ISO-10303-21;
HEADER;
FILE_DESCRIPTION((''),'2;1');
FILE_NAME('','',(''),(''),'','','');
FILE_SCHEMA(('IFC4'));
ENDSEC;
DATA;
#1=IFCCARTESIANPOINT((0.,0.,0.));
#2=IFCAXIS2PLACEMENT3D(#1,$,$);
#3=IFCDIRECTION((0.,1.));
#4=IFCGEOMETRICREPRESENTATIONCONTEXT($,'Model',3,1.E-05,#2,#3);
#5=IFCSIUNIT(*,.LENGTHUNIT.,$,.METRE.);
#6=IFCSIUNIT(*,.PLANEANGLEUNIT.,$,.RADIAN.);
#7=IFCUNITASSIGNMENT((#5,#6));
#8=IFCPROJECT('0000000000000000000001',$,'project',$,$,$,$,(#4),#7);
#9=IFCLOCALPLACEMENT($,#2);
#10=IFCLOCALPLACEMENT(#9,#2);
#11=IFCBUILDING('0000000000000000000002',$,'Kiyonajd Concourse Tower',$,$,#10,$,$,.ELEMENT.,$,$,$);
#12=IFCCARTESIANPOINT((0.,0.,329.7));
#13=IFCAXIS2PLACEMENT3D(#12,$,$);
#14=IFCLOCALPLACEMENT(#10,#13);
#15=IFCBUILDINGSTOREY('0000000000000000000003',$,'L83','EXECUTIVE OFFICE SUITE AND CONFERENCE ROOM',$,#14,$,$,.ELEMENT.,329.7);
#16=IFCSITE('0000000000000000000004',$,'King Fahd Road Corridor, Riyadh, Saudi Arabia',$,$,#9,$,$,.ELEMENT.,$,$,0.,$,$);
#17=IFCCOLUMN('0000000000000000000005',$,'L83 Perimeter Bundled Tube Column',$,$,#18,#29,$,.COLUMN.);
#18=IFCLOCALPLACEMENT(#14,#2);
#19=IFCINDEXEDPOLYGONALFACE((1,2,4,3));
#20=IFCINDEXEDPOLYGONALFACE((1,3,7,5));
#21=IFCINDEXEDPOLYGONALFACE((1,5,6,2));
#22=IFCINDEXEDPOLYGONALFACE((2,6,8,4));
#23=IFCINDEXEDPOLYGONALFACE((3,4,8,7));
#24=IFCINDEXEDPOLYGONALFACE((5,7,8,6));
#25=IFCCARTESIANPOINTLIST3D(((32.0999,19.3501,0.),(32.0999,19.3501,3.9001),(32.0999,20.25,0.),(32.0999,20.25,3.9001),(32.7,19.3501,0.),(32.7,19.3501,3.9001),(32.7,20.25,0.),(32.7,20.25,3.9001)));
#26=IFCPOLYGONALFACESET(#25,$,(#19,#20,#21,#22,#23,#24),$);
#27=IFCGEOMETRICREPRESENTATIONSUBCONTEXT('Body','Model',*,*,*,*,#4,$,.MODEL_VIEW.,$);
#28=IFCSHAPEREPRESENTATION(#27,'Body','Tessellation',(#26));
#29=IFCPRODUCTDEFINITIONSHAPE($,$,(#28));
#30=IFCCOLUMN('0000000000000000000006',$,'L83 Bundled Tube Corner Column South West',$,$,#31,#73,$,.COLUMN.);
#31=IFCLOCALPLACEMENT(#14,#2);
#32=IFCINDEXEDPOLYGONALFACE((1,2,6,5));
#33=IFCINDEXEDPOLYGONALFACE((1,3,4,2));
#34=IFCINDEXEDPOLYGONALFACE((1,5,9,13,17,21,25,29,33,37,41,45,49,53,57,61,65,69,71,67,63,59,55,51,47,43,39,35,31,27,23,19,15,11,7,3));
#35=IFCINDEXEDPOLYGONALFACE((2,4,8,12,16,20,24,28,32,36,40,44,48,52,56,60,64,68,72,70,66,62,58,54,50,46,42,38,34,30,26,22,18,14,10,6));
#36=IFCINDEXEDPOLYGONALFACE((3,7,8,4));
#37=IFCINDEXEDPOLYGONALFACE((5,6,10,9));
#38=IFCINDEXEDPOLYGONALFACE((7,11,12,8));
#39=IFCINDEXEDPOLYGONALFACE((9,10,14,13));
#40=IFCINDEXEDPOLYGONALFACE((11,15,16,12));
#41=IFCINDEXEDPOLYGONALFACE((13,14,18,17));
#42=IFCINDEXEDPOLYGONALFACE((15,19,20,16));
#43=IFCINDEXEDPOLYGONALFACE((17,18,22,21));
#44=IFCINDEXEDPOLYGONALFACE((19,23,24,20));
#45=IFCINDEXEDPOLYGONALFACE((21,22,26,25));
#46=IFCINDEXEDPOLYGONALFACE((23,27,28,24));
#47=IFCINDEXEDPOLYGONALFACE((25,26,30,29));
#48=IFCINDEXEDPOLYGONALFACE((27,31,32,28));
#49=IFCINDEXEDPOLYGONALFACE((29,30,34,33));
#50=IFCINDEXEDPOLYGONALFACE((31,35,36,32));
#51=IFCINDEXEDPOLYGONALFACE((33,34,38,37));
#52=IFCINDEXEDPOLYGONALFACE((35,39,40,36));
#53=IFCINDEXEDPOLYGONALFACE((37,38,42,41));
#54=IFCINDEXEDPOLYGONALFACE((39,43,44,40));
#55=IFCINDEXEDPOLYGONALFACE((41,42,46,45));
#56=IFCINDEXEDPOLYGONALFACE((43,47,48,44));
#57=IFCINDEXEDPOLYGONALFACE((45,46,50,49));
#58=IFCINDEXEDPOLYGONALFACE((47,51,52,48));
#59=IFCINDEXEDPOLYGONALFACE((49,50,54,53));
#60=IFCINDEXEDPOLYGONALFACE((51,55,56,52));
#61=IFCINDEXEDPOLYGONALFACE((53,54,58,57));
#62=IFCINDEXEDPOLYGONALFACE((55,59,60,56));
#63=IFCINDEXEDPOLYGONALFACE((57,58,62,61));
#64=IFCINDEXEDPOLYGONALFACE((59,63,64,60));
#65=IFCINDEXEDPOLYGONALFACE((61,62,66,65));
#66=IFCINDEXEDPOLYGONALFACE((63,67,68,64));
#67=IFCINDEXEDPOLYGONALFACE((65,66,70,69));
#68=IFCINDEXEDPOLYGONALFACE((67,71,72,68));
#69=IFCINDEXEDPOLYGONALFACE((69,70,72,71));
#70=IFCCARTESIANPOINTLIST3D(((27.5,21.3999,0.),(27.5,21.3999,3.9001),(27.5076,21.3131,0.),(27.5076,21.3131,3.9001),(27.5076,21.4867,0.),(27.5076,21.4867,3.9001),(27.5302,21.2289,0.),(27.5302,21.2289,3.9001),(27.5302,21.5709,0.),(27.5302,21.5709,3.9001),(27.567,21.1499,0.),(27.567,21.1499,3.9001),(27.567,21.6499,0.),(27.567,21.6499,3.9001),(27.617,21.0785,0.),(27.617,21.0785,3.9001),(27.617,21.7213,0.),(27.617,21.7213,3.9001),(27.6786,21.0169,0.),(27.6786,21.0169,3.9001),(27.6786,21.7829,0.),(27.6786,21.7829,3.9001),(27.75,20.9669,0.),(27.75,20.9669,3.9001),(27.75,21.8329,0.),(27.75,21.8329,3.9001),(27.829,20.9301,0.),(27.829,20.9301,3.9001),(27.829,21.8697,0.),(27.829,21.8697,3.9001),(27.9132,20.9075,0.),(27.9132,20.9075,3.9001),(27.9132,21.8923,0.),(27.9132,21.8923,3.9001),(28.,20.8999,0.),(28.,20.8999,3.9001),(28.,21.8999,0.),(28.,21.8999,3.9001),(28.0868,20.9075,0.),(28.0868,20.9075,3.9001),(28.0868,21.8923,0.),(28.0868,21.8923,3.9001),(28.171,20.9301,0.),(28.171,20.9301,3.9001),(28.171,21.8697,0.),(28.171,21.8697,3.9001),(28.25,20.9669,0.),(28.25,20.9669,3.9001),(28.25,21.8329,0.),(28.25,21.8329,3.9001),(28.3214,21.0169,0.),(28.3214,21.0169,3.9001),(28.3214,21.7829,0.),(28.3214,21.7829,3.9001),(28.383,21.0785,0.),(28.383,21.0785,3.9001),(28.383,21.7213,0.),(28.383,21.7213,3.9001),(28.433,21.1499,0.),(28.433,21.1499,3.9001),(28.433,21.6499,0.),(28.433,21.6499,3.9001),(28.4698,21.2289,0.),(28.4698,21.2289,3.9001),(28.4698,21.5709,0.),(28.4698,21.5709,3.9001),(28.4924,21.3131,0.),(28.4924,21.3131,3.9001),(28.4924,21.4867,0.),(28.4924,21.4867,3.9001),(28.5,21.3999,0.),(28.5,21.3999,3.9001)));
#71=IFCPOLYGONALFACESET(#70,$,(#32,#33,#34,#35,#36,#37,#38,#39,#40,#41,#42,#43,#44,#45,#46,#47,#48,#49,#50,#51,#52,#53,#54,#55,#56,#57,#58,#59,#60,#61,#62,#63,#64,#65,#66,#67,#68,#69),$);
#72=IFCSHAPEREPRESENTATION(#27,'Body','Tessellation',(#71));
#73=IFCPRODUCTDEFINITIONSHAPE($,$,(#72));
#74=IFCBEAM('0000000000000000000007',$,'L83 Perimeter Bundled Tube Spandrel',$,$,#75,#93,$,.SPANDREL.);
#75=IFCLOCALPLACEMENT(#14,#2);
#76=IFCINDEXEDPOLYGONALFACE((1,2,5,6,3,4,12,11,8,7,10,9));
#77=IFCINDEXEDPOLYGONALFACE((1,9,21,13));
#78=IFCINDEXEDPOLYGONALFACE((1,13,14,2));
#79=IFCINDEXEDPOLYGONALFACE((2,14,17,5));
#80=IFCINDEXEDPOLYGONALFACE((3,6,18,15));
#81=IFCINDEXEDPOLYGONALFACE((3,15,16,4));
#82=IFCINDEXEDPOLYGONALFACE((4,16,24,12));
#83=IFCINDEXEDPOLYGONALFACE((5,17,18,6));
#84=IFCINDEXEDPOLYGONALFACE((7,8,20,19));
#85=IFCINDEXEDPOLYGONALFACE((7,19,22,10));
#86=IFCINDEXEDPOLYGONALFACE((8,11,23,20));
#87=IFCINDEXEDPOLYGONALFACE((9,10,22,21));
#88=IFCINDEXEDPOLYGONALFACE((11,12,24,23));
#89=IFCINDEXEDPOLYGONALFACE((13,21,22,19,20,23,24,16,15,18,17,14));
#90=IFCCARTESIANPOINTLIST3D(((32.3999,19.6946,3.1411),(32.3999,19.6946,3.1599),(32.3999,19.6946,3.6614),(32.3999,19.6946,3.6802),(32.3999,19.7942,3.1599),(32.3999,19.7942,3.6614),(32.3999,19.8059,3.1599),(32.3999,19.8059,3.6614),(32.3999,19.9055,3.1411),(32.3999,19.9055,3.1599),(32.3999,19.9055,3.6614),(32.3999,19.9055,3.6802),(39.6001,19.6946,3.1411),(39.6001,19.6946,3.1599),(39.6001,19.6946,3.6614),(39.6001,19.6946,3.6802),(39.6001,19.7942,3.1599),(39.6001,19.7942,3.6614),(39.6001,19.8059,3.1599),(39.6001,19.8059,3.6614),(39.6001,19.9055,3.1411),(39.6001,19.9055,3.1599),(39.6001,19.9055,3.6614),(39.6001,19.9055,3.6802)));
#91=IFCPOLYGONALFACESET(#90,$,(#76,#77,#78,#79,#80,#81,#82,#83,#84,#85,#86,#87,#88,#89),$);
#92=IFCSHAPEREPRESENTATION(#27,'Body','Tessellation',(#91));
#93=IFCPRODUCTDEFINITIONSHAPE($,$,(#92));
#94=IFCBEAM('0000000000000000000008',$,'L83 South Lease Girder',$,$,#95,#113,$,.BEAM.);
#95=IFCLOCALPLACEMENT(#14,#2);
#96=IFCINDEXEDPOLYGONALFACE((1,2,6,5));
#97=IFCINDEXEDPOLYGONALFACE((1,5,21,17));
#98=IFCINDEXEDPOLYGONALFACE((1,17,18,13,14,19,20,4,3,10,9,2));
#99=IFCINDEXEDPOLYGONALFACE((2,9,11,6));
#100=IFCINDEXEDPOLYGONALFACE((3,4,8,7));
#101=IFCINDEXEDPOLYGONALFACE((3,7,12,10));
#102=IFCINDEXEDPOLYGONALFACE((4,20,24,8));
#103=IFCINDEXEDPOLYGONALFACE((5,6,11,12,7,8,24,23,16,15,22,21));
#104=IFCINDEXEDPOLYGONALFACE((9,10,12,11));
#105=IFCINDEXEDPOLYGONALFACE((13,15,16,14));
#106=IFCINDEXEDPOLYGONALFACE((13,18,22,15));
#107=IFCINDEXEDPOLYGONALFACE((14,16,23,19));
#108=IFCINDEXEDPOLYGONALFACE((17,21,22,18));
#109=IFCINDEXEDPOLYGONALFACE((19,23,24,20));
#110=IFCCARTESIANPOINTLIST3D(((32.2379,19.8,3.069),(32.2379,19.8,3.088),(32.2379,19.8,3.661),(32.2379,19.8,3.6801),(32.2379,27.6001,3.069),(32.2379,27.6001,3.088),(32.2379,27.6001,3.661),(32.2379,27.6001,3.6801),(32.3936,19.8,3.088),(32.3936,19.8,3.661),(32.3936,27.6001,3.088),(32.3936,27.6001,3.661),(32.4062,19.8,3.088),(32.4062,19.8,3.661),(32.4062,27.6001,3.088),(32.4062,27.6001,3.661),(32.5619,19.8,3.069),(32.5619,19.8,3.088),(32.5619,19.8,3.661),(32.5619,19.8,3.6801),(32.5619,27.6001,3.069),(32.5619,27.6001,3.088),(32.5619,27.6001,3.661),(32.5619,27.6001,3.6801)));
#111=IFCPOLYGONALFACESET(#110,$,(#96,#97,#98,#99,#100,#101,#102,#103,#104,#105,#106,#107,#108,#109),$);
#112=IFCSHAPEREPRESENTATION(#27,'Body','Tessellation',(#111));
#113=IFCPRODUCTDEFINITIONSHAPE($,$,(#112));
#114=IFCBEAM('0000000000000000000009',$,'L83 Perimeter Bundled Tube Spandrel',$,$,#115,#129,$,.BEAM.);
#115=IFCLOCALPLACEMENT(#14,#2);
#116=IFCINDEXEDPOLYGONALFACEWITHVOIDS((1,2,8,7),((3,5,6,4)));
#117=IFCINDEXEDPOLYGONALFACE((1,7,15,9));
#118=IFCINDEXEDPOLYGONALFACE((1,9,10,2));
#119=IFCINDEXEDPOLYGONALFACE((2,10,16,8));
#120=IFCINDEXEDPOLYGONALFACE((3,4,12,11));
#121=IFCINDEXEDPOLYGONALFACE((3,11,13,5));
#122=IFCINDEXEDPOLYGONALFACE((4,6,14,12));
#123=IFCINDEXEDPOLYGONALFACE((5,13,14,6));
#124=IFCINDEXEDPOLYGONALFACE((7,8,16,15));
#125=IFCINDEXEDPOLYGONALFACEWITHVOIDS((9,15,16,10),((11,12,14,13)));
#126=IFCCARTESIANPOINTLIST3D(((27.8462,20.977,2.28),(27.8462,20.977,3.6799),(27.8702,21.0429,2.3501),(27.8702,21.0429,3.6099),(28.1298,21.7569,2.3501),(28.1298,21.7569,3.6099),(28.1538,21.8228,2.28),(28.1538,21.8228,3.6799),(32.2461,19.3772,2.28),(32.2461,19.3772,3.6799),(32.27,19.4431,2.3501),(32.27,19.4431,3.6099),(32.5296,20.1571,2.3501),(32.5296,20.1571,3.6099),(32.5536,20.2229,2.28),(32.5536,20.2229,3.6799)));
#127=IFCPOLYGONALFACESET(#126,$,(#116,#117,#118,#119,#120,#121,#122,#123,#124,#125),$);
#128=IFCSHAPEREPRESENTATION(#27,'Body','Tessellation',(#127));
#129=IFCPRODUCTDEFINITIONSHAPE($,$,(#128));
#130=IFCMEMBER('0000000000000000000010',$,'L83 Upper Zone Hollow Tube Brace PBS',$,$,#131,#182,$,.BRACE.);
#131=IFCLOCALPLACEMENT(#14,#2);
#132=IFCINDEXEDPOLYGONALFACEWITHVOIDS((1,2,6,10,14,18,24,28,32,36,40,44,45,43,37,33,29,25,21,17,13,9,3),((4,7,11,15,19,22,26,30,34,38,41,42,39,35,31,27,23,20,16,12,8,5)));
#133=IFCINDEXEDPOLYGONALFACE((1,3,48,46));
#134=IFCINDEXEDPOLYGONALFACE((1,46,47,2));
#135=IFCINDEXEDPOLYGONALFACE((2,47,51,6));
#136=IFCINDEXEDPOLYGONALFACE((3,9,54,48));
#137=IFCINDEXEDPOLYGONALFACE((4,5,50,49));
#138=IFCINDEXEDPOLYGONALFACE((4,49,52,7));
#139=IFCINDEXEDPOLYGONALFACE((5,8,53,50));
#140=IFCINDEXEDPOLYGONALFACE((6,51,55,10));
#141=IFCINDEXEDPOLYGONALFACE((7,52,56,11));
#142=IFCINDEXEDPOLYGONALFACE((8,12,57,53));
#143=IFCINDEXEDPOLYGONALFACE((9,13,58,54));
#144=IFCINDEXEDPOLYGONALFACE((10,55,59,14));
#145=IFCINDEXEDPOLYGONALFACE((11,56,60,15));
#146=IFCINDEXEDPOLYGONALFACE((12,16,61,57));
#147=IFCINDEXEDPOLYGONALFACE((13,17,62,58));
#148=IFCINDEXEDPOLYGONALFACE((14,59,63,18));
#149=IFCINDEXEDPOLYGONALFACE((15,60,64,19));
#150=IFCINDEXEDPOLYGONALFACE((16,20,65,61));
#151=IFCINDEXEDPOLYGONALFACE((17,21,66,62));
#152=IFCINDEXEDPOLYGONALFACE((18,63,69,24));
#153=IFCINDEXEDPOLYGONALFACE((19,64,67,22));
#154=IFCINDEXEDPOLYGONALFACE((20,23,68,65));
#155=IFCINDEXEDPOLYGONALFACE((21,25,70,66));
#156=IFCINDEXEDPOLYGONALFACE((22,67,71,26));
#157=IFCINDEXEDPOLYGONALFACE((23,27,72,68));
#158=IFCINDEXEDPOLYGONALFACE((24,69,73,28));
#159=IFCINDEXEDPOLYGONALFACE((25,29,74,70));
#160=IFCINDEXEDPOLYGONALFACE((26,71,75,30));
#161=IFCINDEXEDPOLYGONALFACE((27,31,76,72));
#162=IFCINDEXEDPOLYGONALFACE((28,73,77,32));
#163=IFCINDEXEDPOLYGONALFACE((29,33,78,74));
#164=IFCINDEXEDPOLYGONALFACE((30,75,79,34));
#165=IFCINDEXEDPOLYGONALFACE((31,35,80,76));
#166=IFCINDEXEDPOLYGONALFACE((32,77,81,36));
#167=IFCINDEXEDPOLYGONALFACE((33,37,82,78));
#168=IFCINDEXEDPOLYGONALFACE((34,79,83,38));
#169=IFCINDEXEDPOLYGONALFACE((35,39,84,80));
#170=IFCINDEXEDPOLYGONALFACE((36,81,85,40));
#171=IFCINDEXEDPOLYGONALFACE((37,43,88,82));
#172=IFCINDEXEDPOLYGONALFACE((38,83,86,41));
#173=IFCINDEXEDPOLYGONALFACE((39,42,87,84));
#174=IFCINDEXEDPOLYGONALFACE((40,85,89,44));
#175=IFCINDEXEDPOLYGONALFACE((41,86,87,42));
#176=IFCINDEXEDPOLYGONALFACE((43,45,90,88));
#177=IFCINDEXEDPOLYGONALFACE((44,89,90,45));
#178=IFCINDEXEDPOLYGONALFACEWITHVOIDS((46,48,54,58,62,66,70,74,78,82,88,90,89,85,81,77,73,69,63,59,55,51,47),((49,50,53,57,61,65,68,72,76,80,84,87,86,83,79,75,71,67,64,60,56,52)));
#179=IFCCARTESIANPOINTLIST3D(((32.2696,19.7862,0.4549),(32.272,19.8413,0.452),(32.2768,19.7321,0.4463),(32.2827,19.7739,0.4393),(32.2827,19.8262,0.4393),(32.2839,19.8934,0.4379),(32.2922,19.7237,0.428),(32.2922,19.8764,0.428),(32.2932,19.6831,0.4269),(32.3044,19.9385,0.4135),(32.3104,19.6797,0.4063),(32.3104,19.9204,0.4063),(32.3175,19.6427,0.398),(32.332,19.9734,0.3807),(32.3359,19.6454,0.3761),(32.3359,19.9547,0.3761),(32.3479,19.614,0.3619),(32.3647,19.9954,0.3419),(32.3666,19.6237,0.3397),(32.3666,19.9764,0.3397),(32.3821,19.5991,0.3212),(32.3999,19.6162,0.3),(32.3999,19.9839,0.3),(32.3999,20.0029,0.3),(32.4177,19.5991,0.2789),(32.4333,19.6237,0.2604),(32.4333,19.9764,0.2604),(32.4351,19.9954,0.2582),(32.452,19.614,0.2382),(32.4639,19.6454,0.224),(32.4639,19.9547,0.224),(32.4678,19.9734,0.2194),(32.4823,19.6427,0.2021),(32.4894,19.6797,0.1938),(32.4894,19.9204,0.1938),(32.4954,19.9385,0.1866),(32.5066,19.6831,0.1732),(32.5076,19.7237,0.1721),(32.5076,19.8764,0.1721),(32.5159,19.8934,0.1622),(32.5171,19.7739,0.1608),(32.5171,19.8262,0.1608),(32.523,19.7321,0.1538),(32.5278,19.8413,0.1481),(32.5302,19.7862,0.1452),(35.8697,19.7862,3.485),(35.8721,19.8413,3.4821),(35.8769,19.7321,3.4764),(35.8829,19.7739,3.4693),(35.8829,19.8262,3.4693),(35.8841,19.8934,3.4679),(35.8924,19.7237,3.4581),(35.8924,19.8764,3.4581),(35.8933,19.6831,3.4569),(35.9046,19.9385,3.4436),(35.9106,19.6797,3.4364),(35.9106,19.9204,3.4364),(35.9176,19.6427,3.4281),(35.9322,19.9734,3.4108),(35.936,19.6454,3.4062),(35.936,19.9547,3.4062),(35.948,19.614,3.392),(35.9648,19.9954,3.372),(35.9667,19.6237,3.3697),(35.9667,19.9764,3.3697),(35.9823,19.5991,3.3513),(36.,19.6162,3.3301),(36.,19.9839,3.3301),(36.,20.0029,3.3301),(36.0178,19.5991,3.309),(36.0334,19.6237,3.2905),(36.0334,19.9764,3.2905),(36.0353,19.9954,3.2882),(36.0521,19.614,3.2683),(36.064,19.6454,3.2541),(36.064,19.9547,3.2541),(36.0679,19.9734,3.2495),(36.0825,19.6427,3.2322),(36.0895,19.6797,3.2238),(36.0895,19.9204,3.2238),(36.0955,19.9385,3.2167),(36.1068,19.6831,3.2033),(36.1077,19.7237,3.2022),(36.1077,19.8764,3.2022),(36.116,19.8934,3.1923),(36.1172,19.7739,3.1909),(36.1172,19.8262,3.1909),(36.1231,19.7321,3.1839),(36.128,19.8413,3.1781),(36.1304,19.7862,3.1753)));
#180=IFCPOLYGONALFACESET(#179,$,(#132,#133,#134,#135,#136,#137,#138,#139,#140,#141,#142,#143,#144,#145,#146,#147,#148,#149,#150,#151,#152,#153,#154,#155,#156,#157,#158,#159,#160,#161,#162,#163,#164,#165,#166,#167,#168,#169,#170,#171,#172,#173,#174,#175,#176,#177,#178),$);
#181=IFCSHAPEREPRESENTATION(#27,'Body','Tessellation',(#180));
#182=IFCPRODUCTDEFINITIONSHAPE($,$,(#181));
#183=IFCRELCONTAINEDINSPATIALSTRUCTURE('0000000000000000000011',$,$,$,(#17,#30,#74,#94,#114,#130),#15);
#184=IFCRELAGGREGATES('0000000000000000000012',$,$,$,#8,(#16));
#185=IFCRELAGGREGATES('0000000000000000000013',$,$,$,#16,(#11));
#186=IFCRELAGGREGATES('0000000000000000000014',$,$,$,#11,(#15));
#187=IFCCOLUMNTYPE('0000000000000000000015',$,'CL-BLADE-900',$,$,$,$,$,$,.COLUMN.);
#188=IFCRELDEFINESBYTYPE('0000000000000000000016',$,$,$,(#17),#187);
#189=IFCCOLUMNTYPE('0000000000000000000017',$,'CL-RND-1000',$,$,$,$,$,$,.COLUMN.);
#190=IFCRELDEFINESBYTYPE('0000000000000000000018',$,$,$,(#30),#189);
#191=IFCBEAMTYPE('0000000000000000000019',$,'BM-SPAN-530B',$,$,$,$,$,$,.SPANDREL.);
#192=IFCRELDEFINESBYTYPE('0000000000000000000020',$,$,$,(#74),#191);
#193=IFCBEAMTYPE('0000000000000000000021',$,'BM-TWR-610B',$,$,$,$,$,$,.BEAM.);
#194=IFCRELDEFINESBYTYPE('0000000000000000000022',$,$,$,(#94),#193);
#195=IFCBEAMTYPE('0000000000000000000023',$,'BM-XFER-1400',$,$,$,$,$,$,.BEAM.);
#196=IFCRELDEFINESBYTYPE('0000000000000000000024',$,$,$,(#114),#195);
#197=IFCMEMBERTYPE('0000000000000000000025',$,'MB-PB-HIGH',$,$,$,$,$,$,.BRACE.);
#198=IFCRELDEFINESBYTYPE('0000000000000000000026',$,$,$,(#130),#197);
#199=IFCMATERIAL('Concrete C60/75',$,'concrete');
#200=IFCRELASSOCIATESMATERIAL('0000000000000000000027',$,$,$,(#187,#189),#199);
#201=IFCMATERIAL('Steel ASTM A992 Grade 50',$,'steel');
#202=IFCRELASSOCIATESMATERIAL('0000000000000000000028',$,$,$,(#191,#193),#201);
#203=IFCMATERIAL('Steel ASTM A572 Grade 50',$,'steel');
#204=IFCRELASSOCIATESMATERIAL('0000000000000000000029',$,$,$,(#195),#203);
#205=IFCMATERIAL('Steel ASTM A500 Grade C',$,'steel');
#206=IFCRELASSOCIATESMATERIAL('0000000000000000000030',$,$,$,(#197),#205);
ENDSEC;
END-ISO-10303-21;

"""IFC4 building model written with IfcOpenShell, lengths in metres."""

from ifc_helpers import new_model, si_unit, direction, frame, origin, origin_2d, place, context, subcontext, project, spatial, rectangle, hollow_rectangle, circle, hollow_circle, i_section, extrude, material, material_profile, profile_set, type_object, element, save


model = new_model("IFC4")

# Units and contexts
model_context = context("Model", 3, precision=1e-05, world=origin(), true_north=direction((0.0, 1.0)))
body_context = subcontext(model_context, "Body", "Model", "MODEL_VIEW")
ifc_project = project(units=[si_unit("LENGTHUNIT", "METRE"), si_unit("PLANEANGLEUNIT", "RADIAN")], contexts=[model_context])

# Site, building, storey
site_placement = place(None, origin())
site = spatial("IfcSite", under=ifc_project, at=site_placement, Name="King Fahd Road Corridor, Riyadh, Saudi Arabia", CompositionType="ELEMENT", RefElevation=0.0)
building_placement = place(site_placement, origin())
building = spatial("IfcBuilding", under=site, at=building_placement, Name="Kiyonajd Concourse Tower", CompositionType="ELEMENT")
storey_placement = place(building_placement, frame((0.0, 0.0, 329.7)))
storey = spatial("IfcBuildingStorey", under=building, at=storey_placement, Name="L83", Description="EXECUTIVE OFFICE SUITE AND CONFERENCE ROOM", CompositionType="ELEMENT", Elevation=329.7)

# Columns
ifc_material_1 = material(Name="Concrete C60/75", Category="concrete")
ifc_material_profile_1 = material_profile(ifc_material_1, rectangle(XDim=0.6001, YDim=0.8999, at=origin_2d()), Name="RC-900x600")
ifc_profile_set_1 = profile_set([ifc_material_profile_1], Name="Concrete C60/75")
column_type_1 = type_object("IfcColumnType", Name="CL-BLADE-900", PredefinedType="COLUMN", material=ifc_profile_set_1)
column_1_placement = place(storey_placement, frame((32.3999, 19.8, 0.0), z_axis=(0.0, 0.0, 1.0), x_axis=(1.0, 0.0, 0.0)))
element("IfcColumn", 1, at=column_1_placement, inside=storey, type_object=column_type_1, Name="L83 Perimeter Bundled Tube Column", PredefinedType="COLUMN", context=body_context, shape_type="SweptSolid", body=[
    extrude(rectangle(XDim=0.6001, YDim=0.8999, at=origin_2d()), origin(), (0.0, 0.0, 1.0), 3.9001),
])
ifc_material_profile_2 = material_profile(ifc_material_1, circle(Radius=0.5, at=origin_2d()), Name="RCC-D1000")
ifc_profile_set_2 = profile_set([ifc_material_profile_2], Name="Concrete C60/75")
column_type_2 = type_object("IfcColumnType", Name="CL-RND-1000", PredefinedType="COLUMN", material=ifc_profile_set_2)
column_2_placement = place(storey_placement, frame((28.0, 21.3999, 0.0), z_axis=(0.0, 0.0, 1.0), x_axis=(1.0, 0.0, 0.0)))
element("IfcColumn", 2, at=column_2_placement, inside=storey, type_object=column_type_2, Name="L83 Bundled Tube Corner Column South West", PredefinedType="COLUMN", context=body_context, shape_type="SweptSolid", body=[
    extrude(circle(Radius=0.5, at=origin_2d()), origin(), (0.0, 0.0, 1.0), 3.9001),
])

# Beams
ifc_material_2 = material(Name="Steel ASTM A992 Grade 50", Category="steel")
ifc_material_profile_3 = material_profile(ifc_material_2, i_section(OverallWidth=0.2109, OverallDepth=0.5391, WebThickness=0.0117, FlangeThickness=0.0188, at=origin_2d()), Name="W530X109")
ifc_profile_set_3 = profile_set([ifc_material_profile_3], Name="Steel ASTM A992 Grade 50")
beam_type_1 = type_object("IfcBeamType", Name="BM-SPAN-530B", PredefinedType="SPANDREL", material=ifc_profile_set_3)
beam_1_placement = place(storey_placement, frame((32.3999, 19.8, 3.4106), z_axis=(1.0, 0.0, 0.0), x_axis=(0.0, 1.0, 0.0)))
element("IfcBeam", 3, at=beam_1_placement, inside=storey, type_object=beam_type_1, Name="L83 Perimeter Bundled Tube Spandrel", PredefinedType="SPANDREL", context=body_context, shape_type="SweptSolid", body=[
    extrude(i_section(OverallWidth=0.2109, OverallDepth=0.5391, WebThickness=0.0117, FlangeThickness=0.0188, at=origin_2d()), origin(), (0.0, 0.0, 1.0), 7.2002),
])
ifc_material_profile_4 = material_profile(ifc_material_2, i_section(OverallWidth=0.324, OverallDepth=0.6111, WebThickness=0.0127, FlangeThickness=0.019, at=origin_2d()), Name="W610X155")
ifc_profile_set_4 = profile_set([ifc_material_profile_4], Name="Steel ASTM A992 Grade 50")
beam_type_2 = type_object("IfcBeamType", Name="BM-TWR-610B", PredefinedType="BEAM", material=ifc_profile_set_4)
beam_2_placement = place(storey_placement, frame((32.3999, 19.8, 3.3745), z_axis=(0.0, 1.0, 0.0), x_axis=(-1.0, 0.0, 0.0)))
element("IfcBeam", 4, at=beam_2_placement, inside=storey, type_object=beam_type_2, Name="L83 South Lease Girder", PredefinedType="BEAM", context=body_context, shape_type="SweptSolid", body=[
    extrude(i_section(OverallWidth=0.324, OverallDepth=0.6111, WebThickness=0.0127, FlangeThickness=0.019, at=origin_2d()), origin(), (0.0, 0.0, 1.0), 7.8),
])
ifc_material_3 = material(Name="Steel ASTM A572 Grade 50", Category="steel")
ifc_material_profile_5 = material_profile(ifc_material_3, hollow_rectangle(XDim=0.8999, YDim=1.3999, WallThickness=0.0701, at=origin_2d()), Name="BOX-1400x900x70")
ifc_profile_set_5 = profile_set([ifc_material_profile_5], Name="Steel ASTM A572 Grade 50")
beam_type_3 = type_object("IfcBeamType", Name="BM-XFER-1400", PredefinedType="BEAM", material=ifc_profile_set_5)
beam_3_placement = place(storey_placement, frame((28.0, 21.3999, 2.98), z_axis=(0.939801, -0.341722, 0.0), x_axis=(0.341722, 0.939801, 0.0)))
element("IfcBeam", 5, at=beam_3_placement, inside=storey, type_object=beam_type_3, Name="L83 Perimeter Bundled Tube Spandrel", PredefinedType="BEAM", context=body_context, shape_type="SweptSolid", body=[
    extrude(hollow_rectangle(XDim=0.8999, YDim=1.3999, WallThickness=0.0701, at=origin_2d()), origin(), (0.0, 0.0, 1.0), 4.6816),
])

# Member
ifc_material_4 = material(Name="Steel ASTM A500 Grade C", Category="steel")
ifc_material_profile_6 = material_profile(ifc_material_4, hollow_circle(Radius=0.2029, WallThickness=0.019, at=origin_2d()), Name="CHS-406x19")
ifc_profile_set_6 = profile_set([ifc_material_profile_6], Name="Steel ASTM A500 Grade C")
member_type = type_object("IfcMemberType", Name="MB-PB-HIGH", PredefinedType="BRACE", material=ifc_profile_set_6)
member_placement = place(storey_placement, frame((32.3999, 19.8, 0.3), z_axis=(0.765082, 0.0, 0.643933), x_axis=(0.0, 1.0, 0.0)))
element("IfcMember", 6, at=member_placement, inside=storey, type_object=member_type, Name="L83 Upper Zone Hollow Tube Brace PBS", PredefinedType="BRACE", context=body_context, shape_type="SweptSolid", body=[
    extrude(hollow_circle(Radius=0.2029, WallThickness=0.019, at=origin_2d()), origin(), (0.0, 0.0, 1.0), 4.7056),
])

save(model, "model.ifc")
